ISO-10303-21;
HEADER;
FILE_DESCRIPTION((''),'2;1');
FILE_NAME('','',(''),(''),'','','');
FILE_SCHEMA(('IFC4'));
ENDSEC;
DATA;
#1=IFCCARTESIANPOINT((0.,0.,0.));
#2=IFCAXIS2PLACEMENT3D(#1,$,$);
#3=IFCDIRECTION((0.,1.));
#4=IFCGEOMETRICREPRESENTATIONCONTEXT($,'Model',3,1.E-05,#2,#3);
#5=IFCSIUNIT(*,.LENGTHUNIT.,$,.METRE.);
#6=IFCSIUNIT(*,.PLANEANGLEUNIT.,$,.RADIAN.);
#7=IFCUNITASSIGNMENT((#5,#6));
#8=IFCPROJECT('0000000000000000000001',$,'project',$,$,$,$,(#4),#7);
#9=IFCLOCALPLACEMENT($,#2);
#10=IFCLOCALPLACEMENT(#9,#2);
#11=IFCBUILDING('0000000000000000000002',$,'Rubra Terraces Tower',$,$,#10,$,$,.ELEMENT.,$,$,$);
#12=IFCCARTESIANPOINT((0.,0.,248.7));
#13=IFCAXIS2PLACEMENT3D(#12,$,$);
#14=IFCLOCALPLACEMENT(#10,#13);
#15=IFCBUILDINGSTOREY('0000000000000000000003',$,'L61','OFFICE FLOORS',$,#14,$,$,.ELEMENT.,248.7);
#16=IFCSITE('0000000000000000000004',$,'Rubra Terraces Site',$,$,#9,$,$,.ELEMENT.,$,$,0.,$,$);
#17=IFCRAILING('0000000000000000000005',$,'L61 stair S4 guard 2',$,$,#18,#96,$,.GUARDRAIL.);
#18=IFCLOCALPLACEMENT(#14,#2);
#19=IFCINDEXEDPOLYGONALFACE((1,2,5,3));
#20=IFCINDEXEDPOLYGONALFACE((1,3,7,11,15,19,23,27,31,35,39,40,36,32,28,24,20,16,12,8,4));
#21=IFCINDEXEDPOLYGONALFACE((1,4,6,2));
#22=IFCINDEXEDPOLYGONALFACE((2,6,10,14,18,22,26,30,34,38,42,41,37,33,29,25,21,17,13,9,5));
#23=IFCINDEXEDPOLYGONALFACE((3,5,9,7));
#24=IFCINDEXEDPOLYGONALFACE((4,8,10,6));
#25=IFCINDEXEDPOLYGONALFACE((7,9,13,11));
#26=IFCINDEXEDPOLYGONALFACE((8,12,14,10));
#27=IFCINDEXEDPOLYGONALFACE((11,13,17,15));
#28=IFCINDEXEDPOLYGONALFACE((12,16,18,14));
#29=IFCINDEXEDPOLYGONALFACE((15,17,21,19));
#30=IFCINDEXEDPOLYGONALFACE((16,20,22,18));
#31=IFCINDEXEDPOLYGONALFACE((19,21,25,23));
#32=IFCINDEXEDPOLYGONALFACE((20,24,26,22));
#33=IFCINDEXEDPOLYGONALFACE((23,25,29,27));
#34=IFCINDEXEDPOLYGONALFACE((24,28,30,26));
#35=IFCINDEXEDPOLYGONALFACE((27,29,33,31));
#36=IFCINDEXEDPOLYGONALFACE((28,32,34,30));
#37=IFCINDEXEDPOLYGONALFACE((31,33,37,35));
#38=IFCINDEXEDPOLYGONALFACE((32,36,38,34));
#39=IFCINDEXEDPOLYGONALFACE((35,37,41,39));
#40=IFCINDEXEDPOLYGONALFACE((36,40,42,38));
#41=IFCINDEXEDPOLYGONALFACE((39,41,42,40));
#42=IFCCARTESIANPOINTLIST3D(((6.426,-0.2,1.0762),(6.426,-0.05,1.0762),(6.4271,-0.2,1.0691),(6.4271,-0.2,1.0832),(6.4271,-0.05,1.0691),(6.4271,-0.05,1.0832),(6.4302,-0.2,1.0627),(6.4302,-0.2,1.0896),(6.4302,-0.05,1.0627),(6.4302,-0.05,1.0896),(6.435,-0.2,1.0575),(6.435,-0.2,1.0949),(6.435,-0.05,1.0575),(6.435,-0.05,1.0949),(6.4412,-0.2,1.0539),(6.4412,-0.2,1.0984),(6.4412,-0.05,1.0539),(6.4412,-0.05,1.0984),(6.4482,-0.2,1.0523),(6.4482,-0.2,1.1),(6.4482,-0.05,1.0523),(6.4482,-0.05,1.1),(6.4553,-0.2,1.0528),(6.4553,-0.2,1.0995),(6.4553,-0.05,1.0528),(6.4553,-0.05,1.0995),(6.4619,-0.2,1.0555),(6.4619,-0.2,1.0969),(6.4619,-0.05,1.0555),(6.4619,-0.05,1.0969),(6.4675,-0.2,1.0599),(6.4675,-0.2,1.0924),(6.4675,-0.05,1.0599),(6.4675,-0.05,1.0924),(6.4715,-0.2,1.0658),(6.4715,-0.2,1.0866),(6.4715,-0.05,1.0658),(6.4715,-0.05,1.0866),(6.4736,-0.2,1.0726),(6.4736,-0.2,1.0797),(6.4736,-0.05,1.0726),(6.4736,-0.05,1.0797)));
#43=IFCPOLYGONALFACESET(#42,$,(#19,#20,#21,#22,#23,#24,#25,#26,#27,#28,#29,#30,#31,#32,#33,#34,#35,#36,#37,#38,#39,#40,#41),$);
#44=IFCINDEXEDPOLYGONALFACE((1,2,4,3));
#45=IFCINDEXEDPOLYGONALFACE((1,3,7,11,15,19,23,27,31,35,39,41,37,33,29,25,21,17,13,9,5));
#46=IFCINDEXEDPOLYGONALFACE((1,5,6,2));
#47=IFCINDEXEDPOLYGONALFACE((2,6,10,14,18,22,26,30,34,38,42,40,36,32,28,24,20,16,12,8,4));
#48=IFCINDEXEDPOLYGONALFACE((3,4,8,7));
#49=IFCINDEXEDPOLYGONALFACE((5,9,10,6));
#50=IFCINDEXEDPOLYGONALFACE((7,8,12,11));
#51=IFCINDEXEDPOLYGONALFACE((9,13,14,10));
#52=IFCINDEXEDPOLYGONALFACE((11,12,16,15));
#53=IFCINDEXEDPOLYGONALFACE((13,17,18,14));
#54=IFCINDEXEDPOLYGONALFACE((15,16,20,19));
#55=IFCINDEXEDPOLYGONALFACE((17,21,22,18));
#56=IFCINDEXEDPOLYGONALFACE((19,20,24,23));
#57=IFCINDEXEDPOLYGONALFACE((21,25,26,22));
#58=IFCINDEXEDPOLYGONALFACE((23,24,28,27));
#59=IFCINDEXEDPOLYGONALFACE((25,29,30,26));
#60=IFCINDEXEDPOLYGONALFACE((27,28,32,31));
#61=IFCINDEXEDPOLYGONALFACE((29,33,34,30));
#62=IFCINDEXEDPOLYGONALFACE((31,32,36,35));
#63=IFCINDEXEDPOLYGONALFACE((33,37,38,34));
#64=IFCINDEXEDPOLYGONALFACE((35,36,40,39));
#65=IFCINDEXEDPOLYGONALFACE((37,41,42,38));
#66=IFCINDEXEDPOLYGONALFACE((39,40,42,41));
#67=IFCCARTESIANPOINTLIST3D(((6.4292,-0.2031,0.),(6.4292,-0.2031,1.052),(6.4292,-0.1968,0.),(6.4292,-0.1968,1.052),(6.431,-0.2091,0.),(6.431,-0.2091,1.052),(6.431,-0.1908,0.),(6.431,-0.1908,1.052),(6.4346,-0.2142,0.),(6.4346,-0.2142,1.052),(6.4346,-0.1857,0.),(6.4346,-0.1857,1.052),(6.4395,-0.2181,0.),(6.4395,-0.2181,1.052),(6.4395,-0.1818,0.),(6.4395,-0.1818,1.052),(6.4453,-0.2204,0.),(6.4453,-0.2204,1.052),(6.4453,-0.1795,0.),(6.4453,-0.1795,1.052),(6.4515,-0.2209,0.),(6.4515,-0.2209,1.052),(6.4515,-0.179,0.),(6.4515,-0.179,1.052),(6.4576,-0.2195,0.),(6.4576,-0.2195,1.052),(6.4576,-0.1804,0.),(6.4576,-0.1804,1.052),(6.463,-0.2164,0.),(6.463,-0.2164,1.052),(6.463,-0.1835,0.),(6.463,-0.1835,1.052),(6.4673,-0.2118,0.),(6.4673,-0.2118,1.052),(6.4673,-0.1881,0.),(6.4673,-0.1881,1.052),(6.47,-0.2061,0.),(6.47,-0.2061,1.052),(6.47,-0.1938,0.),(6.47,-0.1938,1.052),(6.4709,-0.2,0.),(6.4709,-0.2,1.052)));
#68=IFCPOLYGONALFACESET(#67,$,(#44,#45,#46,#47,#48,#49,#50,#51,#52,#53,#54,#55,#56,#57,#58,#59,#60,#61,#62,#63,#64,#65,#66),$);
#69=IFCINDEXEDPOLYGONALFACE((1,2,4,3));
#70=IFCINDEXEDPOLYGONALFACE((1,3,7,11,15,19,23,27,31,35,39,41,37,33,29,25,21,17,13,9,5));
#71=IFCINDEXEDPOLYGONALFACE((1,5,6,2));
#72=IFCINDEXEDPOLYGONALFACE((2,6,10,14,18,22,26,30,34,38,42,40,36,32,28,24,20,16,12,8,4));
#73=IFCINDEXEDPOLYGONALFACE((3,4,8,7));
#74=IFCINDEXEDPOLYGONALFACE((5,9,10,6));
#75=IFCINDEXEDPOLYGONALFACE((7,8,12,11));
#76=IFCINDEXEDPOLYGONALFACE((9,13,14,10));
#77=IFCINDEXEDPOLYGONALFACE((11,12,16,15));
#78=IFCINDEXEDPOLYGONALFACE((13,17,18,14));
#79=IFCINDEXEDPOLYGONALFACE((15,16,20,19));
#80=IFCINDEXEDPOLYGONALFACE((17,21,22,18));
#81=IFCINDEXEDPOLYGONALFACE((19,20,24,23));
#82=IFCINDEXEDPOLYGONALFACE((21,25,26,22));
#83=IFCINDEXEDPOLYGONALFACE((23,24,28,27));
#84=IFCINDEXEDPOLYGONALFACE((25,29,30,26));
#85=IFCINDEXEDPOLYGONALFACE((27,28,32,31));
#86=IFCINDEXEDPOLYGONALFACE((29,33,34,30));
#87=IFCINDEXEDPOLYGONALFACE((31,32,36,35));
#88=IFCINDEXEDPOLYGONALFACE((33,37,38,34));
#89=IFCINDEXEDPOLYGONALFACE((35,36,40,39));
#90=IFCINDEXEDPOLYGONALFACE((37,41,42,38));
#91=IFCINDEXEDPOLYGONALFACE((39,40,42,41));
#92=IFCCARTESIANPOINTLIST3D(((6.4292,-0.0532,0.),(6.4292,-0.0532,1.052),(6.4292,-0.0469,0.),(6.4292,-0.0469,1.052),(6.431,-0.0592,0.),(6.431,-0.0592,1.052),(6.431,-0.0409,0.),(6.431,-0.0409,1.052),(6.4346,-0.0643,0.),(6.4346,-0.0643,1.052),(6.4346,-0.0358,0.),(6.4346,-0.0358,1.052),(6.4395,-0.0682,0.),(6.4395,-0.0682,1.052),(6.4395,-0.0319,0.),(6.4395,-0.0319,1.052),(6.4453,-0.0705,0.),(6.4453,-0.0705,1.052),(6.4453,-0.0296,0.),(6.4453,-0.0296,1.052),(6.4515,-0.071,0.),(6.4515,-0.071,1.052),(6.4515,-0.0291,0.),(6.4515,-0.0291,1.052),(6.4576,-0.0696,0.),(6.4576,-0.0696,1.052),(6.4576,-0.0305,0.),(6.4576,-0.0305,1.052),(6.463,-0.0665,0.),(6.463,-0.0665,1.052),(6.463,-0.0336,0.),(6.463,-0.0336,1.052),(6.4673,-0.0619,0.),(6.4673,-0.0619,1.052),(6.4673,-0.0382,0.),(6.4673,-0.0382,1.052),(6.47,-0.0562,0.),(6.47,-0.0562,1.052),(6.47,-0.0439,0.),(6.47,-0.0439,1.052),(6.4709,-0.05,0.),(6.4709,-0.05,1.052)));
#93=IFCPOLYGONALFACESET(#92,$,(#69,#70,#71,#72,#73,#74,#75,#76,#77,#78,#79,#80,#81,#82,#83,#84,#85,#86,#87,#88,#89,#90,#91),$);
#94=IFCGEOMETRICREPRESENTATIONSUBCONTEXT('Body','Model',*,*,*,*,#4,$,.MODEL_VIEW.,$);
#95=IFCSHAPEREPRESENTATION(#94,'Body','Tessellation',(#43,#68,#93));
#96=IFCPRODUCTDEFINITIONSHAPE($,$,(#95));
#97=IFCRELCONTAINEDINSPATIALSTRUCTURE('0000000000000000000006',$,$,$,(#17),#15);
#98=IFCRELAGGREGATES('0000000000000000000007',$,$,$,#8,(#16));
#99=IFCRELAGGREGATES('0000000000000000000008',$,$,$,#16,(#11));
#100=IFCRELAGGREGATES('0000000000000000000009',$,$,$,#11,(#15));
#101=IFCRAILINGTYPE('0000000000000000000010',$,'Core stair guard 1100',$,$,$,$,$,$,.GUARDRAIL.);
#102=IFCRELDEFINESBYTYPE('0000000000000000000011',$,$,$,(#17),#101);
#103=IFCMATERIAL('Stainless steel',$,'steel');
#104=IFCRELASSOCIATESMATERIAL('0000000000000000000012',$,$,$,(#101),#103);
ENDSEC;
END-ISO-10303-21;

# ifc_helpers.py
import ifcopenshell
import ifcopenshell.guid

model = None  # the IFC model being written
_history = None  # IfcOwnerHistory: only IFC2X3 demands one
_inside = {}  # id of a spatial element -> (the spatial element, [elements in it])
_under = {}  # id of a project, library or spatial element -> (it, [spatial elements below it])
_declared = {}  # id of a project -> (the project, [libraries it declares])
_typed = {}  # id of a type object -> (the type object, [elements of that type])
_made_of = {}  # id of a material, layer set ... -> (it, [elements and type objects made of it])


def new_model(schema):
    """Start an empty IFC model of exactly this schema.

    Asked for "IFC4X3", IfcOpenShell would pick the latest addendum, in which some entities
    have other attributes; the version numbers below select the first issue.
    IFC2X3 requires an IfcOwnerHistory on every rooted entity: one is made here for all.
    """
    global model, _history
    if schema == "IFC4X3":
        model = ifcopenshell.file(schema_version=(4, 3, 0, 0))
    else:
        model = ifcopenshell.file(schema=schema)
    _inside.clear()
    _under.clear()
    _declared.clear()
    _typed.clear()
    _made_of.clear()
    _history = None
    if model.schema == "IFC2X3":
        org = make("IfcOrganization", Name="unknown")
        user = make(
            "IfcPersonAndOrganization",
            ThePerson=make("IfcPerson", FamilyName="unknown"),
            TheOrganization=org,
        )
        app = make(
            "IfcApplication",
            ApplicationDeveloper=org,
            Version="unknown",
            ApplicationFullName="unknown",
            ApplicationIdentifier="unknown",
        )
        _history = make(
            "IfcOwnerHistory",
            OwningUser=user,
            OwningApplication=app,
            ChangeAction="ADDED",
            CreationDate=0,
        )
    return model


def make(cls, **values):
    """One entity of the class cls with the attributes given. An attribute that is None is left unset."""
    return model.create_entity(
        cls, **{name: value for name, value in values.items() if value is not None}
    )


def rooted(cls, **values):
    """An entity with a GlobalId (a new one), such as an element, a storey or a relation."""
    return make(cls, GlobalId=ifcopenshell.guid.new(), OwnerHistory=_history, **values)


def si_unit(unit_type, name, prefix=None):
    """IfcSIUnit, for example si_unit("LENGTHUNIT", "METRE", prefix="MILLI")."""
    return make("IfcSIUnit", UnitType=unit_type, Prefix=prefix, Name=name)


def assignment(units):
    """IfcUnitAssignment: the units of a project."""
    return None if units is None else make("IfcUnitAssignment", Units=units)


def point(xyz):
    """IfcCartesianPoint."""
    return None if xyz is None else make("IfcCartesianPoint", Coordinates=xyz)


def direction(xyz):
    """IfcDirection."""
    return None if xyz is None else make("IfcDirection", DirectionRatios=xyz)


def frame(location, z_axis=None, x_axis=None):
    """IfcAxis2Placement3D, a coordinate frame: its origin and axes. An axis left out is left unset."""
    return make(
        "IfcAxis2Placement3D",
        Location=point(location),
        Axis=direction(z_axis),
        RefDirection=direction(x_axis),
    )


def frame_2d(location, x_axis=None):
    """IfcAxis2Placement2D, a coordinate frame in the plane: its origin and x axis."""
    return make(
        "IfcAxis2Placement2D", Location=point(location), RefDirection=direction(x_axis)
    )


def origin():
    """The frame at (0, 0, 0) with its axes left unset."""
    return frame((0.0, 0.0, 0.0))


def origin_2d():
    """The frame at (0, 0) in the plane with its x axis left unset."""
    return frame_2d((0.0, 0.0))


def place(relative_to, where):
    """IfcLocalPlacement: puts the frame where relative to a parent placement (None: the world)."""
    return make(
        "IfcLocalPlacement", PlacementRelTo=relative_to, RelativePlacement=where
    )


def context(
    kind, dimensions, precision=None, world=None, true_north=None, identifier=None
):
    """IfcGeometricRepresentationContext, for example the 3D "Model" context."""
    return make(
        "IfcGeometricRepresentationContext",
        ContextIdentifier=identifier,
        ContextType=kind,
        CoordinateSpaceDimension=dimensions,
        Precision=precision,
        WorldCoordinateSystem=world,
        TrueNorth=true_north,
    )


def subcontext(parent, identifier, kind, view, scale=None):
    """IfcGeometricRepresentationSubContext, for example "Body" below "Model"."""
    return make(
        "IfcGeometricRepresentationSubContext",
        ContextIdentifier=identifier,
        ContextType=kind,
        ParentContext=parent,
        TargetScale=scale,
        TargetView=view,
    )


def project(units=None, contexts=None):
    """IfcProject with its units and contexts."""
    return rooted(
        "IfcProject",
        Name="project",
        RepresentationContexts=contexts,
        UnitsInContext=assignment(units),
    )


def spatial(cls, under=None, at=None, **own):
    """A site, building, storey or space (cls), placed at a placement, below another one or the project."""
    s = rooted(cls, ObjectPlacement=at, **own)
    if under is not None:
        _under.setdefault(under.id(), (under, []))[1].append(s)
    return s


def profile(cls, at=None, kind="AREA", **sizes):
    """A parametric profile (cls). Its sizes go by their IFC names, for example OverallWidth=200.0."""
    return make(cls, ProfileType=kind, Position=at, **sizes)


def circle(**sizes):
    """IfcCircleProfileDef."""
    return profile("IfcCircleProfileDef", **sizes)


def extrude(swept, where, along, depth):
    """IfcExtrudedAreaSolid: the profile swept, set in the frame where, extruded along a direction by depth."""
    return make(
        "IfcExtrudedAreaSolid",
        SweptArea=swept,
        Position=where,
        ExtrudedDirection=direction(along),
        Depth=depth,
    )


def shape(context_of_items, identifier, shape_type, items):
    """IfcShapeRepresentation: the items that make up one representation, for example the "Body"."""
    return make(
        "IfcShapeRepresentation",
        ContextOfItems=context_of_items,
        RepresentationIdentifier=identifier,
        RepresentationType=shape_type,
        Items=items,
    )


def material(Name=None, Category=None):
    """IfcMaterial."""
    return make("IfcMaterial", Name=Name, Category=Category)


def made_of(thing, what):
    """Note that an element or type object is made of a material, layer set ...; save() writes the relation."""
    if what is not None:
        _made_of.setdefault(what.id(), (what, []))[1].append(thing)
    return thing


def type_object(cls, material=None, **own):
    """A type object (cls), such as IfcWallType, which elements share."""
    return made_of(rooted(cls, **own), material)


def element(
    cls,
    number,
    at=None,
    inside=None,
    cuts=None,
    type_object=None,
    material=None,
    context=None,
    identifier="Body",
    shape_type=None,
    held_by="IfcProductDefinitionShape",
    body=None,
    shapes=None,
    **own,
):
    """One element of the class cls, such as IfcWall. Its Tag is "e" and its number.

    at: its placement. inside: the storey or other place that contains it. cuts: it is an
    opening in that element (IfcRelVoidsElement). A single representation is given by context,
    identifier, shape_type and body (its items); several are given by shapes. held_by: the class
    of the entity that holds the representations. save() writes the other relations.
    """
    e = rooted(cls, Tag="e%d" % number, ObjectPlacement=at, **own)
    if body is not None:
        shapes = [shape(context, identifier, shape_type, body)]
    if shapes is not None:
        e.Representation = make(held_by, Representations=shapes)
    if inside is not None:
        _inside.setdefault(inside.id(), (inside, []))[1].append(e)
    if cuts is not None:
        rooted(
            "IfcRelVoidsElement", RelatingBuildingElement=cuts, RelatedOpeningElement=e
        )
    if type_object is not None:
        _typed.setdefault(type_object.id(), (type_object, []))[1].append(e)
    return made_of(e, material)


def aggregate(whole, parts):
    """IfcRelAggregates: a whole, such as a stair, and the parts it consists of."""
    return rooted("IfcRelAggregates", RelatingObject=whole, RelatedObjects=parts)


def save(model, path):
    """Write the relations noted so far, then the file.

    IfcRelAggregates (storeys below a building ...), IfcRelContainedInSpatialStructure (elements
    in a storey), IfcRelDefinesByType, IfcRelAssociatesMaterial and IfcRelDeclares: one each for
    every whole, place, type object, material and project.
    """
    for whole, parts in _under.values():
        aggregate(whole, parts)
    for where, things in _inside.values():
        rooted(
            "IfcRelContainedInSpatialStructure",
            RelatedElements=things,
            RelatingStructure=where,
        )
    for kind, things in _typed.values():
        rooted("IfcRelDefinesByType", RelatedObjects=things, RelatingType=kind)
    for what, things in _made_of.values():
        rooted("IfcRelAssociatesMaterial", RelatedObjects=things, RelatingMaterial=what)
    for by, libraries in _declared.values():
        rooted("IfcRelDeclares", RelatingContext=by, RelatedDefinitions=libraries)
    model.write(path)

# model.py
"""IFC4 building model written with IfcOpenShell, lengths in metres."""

from ifc_helpers import new_model, si_unit, direction, frame, origin, origin_2d, place, context, subcontext, project, spatial, circle, extrude, material, type_object, element, save


model = new_model("IFC4")

# Units and contexts
model_context = context("Model", 3, precision=1e-05, world=origin(), true_north=direction((0.0, 1.0)))
body_context = subcontext(model_context, "Body", "Model", "MODEL_VIEW")
ifc_project = project(units=[si_unit("LENGTHUNIT", "METRE"), si_unit("PLANEANGLEUNIT", "RADIAN")], contexts=[model_context])

# Site, building, storey
site_placement = place(None, origin())
site = spatial("IfcSite", under=ifc_project, at=site_placement, Name="Rubra Terraces Site", CompositionType="ELEMENT", RefElevation=0.0)
building_placement = place(site_placement, origin())
building = spatial("IfcBuilding", under=site, at=building_placement, Name="Rubra Terraces Tower", CompositionType="ELEMENT")
storey_placement = place(building_placement, frame((0.0, 0.0, 248.7)))
storey = spatial("IfcBuildingStorey", under=building, at=storey_placement, Name="L61", Description="OFFICE FLOORS", CompositionType="ELEMENT", Elevation=248.7)

# Railing
ifc_material_1 = material(Name="Stainless steel", Category="steel")
railing_type_1 = type_object("IfcRailingType", Name="Core stair guard 1100", PredefinedType="GUARDRAIL", material=ifc_material_1)
railing_1_placement = place(storey_placement, frame((6.45, -0.2, 0.0)))
element("IfcRailing", 1, at=railing_1_placement, inside=storey, type_object=railing_type_1, Name="L61 stair S4 guard 2", PredefinedType="GUARDRAIL", context=body_context, shape_type="SweptSolid", body=[
    extrude(circle(Radius=0.0239, at=origin_2d()), frame((0.0, 0.0, 1.0762), z_axis=(0.0, 1.0, 0.0), x_axis=(-1.0, 0.0, 0.0)), (0.0, 0.0, 1.0), 0.1499),
    extrude(circle(Radius=0.021, at=origin_2d()), origin(), (0.0, 0.0, 1.0), 1.052),
    extrude(circle(Radius=0.021, at=origin_2d()), frame((0.0, 0.1499, 0.0)), (0.0, 0.0, 1.0), 1.052),
])

save(model, "model.ifc")
